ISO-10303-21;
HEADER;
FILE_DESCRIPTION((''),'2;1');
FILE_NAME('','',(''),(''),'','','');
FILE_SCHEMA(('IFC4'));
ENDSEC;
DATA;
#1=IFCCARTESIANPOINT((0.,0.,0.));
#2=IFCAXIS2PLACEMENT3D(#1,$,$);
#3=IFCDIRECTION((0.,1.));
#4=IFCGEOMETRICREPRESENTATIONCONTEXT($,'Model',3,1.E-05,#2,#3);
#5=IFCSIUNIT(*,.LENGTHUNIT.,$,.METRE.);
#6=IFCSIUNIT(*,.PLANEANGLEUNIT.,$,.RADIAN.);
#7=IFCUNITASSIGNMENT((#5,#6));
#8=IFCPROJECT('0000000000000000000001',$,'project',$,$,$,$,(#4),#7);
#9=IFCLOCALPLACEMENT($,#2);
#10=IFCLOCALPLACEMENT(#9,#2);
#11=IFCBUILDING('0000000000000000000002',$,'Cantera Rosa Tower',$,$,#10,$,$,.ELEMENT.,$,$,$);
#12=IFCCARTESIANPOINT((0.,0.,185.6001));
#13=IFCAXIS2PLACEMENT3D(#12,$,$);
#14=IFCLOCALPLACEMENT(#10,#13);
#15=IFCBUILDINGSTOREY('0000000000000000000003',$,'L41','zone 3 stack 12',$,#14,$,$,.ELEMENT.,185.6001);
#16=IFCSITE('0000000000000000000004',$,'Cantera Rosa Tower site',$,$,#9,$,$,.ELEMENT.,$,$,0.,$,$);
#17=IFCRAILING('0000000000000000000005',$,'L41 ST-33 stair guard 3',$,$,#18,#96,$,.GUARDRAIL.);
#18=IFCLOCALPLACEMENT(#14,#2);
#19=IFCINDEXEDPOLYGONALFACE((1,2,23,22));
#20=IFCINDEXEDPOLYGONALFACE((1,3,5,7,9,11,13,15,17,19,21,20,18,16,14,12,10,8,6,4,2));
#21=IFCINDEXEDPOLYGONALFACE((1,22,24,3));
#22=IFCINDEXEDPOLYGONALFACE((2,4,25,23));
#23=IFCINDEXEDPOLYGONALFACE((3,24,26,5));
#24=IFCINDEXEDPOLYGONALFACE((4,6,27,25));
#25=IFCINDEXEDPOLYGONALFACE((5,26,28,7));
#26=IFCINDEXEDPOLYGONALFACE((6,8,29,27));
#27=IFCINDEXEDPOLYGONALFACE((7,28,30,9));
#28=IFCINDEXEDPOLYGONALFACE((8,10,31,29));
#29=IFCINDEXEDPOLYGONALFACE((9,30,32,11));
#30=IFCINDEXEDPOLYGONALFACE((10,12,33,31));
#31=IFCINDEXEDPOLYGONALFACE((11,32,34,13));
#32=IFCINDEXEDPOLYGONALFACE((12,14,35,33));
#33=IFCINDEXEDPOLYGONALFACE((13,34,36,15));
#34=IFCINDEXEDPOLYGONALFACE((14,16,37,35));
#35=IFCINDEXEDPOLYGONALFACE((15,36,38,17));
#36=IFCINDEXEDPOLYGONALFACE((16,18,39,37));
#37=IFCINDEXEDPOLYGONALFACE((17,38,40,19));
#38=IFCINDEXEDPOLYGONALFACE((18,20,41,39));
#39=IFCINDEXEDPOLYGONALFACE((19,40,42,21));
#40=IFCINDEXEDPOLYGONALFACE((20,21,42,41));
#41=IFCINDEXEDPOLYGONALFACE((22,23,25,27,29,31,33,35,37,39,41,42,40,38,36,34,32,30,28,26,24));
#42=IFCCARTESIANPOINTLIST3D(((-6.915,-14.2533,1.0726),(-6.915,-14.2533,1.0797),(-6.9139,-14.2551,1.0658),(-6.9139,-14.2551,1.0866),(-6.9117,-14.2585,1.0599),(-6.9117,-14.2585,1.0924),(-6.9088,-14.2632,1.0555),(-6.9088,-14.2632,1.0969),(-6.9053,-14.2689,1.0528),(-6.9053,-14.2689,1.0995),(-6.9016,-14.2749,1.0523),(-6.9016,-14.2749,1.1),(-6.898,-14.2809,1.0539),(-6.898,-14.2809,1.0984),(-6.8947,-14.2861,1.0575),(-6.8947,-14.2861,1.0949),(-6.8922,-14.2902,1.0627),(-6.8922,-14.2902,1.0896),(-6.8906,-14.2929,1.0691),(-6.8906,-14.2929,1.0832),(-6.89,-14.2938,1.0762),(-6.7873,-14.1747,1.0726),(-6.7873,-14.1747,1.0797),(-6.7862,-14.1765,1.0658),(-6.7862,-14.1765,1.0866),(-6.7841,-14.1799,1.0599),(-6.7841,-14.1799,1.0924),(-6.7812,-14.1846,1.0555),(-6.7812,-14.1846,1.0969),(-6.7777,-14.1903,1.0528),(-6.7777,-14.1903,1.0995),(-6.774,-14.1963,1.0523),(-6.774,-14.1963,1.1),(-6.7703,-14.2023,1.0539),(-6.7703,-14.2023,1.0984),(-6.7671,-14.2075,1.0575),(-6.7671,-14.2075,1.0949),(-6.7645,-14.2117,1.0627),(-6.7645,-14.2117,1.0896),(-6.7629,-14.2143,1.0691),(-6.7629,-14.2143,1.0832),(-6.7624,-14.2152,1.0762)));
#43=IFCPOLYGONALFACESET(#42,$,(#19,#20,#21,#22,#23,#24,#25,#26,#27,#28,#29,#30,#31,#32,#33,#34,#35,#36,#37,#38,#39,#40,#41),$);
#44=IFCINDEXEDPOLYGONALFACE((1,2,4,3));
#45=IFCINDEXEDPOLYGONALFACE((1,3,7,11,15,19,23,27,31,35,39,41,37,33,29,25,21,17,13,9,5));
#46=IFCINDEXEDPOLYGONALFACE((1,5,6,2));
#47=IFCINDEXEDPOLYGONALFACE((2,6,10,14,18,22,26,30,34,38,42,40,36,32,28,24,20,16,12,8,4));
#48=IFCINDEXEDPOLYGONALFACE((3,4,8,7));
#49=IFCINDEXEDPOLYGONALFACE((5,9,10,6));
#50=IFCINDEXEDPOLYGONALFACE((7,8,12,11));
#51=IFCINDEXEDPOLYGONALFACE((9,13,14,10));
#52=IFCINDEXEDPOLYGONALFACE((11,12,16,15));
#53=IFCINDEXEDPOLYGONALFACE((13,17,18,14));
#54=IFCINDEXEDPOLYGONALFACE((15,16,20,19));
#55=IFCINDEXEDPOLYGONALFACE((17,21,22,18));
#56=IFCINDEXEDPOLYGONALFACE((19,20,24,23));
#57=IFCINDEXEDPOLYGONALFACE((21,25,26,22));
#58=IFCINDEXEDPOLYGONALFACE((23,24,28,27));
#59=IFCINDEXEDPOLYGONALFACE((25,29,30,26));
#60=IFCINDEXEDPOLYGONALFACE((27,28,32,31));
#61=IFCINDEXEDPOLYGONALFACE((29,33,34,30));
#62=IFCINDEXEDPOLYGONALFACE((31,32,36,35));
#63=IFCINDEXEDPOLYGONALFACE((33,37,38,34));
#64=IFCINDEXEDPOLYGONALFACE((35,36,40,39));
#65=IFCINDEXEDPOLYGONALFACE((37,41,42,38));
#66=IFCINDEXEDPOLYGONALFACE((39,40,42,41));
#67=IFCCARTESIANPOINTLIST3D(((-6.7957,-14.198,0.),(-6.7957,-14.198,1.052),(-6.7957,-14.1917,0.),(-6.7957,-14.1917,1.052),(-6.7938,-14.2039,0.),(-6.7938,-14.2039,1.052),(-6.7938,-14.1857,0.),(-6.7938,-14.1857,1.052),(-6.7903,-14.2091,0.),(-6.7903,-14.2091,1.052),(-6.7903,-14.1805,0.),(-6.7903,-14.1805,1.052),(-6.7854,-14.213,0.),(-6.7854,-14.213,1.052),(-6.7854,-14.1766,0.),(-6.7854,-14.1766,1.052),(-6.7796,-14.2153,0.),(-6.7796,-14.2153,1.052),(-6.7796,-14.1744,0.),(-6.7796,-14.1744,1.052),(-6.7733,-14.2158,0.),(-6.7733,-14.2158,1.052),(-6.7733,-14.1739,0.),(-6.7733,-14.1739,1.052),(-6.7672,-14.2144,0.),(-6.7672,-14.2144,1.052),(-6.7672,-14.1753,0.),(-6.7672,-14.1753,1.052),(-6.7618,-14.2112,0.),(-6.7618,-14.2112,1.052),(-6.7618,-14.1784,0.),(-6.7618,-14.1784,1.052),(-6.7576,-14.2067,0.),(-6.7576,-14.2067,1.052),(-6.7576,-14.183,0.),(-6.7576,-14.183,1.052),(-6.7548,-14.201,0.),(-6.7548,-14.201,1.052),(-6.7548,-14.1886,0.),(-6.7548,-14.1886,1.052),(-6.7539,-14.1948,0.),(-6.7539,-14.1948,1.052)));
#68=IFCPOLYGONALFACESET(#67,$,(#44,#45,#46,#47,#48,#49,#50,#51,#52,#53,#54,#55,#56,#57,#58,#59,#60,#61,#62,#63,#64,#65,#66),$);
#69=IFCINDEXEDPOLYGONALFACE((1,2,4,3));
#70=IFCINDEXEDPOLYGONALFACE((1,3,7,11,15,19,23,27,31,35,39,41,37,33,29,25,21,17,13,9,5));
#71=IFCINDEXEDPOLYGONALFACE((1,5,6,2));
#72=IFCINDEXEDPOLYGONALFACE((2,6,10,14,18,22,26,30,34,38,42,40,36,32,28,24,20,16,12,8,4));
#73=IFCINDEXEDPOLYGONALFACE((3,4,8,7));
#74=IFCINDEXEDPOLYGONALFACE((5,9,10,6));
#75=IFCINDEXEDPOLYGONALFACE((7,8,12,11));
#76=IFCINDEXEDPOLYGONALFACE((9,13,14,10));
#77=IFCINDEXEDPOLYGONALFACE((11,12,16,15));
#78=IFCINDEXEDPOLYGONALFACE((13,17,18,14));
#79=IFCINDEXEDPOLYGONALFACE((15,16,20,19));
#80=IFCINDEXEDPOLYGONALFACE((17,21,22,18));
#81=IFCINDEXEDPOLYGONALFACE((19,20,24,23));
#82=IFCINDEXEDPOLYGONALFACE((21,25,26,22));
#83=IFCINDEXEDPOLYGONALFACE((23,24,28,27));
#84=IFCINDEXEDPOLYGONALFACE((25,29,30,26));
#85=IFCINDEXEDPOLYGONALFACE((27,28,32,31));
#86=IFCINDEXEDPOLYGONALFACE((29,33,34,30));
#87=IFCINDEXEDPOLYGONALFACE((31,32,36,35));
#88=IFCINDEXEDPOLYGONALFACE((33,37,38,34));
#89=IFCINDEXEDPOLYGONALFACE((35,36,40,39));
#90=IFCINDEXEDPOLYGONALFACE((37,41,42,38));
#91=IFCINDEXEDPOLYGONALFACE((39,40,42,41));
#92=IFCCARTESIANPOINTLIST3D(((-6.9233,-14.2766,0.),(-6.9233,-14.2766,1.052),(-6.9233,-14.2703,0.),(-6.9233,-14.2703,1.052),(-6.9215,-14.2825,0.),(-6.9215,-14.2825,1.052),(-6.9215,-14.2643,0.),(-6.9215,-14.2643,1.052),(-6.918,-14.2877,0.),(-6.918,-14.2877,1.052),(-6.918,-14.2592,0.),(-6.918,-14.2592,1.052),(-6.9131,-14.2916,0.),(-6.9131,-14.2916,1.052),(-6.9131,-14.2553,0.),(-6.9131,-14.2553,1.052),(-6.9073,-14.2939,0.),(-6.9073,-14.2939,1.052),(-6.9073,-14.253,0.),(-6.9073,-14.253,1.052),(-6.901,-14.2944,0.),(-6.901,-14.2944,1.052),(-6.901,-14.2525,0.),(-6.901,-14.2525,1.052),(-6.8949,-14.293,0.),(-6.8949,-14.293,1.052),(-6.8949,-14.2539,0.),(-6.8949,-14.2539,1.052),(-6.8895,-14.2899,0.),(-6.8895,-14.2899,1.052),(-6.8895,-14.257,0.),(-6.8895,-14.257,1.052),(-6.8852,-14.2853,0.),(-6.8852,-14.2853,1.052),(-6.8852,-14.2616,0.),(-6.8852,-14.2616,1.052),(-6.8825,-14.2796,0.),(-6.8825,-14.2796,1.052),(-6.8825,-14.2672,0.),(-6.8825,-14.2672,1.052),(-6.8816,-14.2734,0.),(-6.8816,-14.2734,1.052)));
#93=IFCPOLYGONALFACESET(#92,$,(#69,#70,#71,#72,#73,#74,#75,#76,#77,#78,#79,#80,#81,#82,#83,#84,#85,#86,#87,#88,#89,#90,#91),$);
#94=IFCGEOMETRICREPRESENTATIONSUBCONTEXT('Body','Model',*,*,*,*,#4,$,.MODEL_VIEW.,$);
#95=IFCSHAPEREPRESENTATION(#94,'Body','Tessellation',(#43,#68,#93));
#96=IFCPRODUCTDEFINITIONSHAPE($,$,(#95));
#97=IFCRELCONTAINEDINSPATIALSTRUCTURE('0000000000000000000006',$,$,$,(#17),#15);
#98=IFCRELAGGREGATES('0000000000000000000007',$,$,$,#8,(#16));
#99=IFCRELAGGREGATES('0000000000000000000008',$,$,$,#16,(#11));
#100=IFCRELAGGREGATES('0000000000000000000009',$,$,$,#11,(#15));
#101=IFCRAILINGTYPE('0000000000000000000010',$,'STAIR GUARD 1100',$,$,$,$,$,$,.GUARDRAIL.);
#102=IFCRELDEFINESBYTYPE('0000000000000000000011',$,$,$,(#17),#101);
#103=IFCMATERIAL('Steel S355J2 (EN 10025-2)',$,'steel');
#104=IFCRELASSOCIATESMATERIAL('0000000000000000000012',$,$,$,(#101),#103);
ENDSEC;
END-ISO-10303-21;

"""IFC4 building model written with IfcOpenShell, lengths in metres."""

from ifc_helpers import new_model, si_unit, direction, frame, origin, origin_2d, place, context, subcontext, project, spatial, circle, extrude, material, type_object, element, save


model = new_model("IFC4")

# Units and contexts
model_context = context("Model", 3, precision=1e-05, world=origin(), true_north=direction((0.0, 1.0)))
body_context = subcontext(model_context, "Body", "Model", "MODEL_VIEW")
ifc_project = project(units=[si_unit("LENGTHUNIT", "METRE"), si_unit("PLANEANGLEUNIT", "RADIAN")], contexts=[model_context])

# Site, building, storey
site_placement = place(None, origin())
site = spatial("IfcSite", under=ifc_project, at=site_placement, Name="Cantera Rosa Tower site", CompositionType="ELEMENT", RefElevation=0.0)
building_placement = place(site_placement, origin())
building = spatial("IfcBuilding", under=site, at=building_placement, Name="Cantera Rosa Tower", CompositionType="ELEMENT")
storey_placement = place(building_placement, frame((0.0, 0.0, 185.6001)))
storey = spatial("IfcBuildingStorey", under=building, at=storey_placement, Name="L41", Description="zone 3 stack 12", CompositionType="ELEMENT", Elevation=185.6001)

# Railing
ifc_material_1 = material(Name="Steel S355J2 (EN 10025-2)", Category="steel")
railing_type_1 = type_object("IfcRailingType", Name="STAIR GUARD 1100", PredefinedType="GUARDRAIL", material=ifc_material_1)
railing_1_placement = place(storey_placement, frame((-6.7749, -14.1948, 0.0)))
element("IfcRailing", 1, at=railing_1_placement, inside=storey, type_object=railing_type_1, Name="L41 ST-33 stair guard 3", PredefinedType="GUARDRAIL", context=body_context, shape_type="SweptSolid", body=[
    extrude(circle(Radius=0.0239, at=origin_2d()), frame((0.0, 0.0, 1.0762), z_axis=(-0.851546, -0.524279, 0.0), x_axis=(0.524279, -0.851546, 0.0)), (0.0, 0.0, 1.0), 0.1499),
    extrude(circle(Radius=0.021, at=origin_2d()), origin(), (0.0, 0.0, 1.0), 1.052),
    extrude(circle(Radius=0.021, at=origin_2d()), frame((-0.1277, -0.0786, 0.0)), (0.0, 0.0, 1.0), 1.052),
])

save(model, "model.ifc")
